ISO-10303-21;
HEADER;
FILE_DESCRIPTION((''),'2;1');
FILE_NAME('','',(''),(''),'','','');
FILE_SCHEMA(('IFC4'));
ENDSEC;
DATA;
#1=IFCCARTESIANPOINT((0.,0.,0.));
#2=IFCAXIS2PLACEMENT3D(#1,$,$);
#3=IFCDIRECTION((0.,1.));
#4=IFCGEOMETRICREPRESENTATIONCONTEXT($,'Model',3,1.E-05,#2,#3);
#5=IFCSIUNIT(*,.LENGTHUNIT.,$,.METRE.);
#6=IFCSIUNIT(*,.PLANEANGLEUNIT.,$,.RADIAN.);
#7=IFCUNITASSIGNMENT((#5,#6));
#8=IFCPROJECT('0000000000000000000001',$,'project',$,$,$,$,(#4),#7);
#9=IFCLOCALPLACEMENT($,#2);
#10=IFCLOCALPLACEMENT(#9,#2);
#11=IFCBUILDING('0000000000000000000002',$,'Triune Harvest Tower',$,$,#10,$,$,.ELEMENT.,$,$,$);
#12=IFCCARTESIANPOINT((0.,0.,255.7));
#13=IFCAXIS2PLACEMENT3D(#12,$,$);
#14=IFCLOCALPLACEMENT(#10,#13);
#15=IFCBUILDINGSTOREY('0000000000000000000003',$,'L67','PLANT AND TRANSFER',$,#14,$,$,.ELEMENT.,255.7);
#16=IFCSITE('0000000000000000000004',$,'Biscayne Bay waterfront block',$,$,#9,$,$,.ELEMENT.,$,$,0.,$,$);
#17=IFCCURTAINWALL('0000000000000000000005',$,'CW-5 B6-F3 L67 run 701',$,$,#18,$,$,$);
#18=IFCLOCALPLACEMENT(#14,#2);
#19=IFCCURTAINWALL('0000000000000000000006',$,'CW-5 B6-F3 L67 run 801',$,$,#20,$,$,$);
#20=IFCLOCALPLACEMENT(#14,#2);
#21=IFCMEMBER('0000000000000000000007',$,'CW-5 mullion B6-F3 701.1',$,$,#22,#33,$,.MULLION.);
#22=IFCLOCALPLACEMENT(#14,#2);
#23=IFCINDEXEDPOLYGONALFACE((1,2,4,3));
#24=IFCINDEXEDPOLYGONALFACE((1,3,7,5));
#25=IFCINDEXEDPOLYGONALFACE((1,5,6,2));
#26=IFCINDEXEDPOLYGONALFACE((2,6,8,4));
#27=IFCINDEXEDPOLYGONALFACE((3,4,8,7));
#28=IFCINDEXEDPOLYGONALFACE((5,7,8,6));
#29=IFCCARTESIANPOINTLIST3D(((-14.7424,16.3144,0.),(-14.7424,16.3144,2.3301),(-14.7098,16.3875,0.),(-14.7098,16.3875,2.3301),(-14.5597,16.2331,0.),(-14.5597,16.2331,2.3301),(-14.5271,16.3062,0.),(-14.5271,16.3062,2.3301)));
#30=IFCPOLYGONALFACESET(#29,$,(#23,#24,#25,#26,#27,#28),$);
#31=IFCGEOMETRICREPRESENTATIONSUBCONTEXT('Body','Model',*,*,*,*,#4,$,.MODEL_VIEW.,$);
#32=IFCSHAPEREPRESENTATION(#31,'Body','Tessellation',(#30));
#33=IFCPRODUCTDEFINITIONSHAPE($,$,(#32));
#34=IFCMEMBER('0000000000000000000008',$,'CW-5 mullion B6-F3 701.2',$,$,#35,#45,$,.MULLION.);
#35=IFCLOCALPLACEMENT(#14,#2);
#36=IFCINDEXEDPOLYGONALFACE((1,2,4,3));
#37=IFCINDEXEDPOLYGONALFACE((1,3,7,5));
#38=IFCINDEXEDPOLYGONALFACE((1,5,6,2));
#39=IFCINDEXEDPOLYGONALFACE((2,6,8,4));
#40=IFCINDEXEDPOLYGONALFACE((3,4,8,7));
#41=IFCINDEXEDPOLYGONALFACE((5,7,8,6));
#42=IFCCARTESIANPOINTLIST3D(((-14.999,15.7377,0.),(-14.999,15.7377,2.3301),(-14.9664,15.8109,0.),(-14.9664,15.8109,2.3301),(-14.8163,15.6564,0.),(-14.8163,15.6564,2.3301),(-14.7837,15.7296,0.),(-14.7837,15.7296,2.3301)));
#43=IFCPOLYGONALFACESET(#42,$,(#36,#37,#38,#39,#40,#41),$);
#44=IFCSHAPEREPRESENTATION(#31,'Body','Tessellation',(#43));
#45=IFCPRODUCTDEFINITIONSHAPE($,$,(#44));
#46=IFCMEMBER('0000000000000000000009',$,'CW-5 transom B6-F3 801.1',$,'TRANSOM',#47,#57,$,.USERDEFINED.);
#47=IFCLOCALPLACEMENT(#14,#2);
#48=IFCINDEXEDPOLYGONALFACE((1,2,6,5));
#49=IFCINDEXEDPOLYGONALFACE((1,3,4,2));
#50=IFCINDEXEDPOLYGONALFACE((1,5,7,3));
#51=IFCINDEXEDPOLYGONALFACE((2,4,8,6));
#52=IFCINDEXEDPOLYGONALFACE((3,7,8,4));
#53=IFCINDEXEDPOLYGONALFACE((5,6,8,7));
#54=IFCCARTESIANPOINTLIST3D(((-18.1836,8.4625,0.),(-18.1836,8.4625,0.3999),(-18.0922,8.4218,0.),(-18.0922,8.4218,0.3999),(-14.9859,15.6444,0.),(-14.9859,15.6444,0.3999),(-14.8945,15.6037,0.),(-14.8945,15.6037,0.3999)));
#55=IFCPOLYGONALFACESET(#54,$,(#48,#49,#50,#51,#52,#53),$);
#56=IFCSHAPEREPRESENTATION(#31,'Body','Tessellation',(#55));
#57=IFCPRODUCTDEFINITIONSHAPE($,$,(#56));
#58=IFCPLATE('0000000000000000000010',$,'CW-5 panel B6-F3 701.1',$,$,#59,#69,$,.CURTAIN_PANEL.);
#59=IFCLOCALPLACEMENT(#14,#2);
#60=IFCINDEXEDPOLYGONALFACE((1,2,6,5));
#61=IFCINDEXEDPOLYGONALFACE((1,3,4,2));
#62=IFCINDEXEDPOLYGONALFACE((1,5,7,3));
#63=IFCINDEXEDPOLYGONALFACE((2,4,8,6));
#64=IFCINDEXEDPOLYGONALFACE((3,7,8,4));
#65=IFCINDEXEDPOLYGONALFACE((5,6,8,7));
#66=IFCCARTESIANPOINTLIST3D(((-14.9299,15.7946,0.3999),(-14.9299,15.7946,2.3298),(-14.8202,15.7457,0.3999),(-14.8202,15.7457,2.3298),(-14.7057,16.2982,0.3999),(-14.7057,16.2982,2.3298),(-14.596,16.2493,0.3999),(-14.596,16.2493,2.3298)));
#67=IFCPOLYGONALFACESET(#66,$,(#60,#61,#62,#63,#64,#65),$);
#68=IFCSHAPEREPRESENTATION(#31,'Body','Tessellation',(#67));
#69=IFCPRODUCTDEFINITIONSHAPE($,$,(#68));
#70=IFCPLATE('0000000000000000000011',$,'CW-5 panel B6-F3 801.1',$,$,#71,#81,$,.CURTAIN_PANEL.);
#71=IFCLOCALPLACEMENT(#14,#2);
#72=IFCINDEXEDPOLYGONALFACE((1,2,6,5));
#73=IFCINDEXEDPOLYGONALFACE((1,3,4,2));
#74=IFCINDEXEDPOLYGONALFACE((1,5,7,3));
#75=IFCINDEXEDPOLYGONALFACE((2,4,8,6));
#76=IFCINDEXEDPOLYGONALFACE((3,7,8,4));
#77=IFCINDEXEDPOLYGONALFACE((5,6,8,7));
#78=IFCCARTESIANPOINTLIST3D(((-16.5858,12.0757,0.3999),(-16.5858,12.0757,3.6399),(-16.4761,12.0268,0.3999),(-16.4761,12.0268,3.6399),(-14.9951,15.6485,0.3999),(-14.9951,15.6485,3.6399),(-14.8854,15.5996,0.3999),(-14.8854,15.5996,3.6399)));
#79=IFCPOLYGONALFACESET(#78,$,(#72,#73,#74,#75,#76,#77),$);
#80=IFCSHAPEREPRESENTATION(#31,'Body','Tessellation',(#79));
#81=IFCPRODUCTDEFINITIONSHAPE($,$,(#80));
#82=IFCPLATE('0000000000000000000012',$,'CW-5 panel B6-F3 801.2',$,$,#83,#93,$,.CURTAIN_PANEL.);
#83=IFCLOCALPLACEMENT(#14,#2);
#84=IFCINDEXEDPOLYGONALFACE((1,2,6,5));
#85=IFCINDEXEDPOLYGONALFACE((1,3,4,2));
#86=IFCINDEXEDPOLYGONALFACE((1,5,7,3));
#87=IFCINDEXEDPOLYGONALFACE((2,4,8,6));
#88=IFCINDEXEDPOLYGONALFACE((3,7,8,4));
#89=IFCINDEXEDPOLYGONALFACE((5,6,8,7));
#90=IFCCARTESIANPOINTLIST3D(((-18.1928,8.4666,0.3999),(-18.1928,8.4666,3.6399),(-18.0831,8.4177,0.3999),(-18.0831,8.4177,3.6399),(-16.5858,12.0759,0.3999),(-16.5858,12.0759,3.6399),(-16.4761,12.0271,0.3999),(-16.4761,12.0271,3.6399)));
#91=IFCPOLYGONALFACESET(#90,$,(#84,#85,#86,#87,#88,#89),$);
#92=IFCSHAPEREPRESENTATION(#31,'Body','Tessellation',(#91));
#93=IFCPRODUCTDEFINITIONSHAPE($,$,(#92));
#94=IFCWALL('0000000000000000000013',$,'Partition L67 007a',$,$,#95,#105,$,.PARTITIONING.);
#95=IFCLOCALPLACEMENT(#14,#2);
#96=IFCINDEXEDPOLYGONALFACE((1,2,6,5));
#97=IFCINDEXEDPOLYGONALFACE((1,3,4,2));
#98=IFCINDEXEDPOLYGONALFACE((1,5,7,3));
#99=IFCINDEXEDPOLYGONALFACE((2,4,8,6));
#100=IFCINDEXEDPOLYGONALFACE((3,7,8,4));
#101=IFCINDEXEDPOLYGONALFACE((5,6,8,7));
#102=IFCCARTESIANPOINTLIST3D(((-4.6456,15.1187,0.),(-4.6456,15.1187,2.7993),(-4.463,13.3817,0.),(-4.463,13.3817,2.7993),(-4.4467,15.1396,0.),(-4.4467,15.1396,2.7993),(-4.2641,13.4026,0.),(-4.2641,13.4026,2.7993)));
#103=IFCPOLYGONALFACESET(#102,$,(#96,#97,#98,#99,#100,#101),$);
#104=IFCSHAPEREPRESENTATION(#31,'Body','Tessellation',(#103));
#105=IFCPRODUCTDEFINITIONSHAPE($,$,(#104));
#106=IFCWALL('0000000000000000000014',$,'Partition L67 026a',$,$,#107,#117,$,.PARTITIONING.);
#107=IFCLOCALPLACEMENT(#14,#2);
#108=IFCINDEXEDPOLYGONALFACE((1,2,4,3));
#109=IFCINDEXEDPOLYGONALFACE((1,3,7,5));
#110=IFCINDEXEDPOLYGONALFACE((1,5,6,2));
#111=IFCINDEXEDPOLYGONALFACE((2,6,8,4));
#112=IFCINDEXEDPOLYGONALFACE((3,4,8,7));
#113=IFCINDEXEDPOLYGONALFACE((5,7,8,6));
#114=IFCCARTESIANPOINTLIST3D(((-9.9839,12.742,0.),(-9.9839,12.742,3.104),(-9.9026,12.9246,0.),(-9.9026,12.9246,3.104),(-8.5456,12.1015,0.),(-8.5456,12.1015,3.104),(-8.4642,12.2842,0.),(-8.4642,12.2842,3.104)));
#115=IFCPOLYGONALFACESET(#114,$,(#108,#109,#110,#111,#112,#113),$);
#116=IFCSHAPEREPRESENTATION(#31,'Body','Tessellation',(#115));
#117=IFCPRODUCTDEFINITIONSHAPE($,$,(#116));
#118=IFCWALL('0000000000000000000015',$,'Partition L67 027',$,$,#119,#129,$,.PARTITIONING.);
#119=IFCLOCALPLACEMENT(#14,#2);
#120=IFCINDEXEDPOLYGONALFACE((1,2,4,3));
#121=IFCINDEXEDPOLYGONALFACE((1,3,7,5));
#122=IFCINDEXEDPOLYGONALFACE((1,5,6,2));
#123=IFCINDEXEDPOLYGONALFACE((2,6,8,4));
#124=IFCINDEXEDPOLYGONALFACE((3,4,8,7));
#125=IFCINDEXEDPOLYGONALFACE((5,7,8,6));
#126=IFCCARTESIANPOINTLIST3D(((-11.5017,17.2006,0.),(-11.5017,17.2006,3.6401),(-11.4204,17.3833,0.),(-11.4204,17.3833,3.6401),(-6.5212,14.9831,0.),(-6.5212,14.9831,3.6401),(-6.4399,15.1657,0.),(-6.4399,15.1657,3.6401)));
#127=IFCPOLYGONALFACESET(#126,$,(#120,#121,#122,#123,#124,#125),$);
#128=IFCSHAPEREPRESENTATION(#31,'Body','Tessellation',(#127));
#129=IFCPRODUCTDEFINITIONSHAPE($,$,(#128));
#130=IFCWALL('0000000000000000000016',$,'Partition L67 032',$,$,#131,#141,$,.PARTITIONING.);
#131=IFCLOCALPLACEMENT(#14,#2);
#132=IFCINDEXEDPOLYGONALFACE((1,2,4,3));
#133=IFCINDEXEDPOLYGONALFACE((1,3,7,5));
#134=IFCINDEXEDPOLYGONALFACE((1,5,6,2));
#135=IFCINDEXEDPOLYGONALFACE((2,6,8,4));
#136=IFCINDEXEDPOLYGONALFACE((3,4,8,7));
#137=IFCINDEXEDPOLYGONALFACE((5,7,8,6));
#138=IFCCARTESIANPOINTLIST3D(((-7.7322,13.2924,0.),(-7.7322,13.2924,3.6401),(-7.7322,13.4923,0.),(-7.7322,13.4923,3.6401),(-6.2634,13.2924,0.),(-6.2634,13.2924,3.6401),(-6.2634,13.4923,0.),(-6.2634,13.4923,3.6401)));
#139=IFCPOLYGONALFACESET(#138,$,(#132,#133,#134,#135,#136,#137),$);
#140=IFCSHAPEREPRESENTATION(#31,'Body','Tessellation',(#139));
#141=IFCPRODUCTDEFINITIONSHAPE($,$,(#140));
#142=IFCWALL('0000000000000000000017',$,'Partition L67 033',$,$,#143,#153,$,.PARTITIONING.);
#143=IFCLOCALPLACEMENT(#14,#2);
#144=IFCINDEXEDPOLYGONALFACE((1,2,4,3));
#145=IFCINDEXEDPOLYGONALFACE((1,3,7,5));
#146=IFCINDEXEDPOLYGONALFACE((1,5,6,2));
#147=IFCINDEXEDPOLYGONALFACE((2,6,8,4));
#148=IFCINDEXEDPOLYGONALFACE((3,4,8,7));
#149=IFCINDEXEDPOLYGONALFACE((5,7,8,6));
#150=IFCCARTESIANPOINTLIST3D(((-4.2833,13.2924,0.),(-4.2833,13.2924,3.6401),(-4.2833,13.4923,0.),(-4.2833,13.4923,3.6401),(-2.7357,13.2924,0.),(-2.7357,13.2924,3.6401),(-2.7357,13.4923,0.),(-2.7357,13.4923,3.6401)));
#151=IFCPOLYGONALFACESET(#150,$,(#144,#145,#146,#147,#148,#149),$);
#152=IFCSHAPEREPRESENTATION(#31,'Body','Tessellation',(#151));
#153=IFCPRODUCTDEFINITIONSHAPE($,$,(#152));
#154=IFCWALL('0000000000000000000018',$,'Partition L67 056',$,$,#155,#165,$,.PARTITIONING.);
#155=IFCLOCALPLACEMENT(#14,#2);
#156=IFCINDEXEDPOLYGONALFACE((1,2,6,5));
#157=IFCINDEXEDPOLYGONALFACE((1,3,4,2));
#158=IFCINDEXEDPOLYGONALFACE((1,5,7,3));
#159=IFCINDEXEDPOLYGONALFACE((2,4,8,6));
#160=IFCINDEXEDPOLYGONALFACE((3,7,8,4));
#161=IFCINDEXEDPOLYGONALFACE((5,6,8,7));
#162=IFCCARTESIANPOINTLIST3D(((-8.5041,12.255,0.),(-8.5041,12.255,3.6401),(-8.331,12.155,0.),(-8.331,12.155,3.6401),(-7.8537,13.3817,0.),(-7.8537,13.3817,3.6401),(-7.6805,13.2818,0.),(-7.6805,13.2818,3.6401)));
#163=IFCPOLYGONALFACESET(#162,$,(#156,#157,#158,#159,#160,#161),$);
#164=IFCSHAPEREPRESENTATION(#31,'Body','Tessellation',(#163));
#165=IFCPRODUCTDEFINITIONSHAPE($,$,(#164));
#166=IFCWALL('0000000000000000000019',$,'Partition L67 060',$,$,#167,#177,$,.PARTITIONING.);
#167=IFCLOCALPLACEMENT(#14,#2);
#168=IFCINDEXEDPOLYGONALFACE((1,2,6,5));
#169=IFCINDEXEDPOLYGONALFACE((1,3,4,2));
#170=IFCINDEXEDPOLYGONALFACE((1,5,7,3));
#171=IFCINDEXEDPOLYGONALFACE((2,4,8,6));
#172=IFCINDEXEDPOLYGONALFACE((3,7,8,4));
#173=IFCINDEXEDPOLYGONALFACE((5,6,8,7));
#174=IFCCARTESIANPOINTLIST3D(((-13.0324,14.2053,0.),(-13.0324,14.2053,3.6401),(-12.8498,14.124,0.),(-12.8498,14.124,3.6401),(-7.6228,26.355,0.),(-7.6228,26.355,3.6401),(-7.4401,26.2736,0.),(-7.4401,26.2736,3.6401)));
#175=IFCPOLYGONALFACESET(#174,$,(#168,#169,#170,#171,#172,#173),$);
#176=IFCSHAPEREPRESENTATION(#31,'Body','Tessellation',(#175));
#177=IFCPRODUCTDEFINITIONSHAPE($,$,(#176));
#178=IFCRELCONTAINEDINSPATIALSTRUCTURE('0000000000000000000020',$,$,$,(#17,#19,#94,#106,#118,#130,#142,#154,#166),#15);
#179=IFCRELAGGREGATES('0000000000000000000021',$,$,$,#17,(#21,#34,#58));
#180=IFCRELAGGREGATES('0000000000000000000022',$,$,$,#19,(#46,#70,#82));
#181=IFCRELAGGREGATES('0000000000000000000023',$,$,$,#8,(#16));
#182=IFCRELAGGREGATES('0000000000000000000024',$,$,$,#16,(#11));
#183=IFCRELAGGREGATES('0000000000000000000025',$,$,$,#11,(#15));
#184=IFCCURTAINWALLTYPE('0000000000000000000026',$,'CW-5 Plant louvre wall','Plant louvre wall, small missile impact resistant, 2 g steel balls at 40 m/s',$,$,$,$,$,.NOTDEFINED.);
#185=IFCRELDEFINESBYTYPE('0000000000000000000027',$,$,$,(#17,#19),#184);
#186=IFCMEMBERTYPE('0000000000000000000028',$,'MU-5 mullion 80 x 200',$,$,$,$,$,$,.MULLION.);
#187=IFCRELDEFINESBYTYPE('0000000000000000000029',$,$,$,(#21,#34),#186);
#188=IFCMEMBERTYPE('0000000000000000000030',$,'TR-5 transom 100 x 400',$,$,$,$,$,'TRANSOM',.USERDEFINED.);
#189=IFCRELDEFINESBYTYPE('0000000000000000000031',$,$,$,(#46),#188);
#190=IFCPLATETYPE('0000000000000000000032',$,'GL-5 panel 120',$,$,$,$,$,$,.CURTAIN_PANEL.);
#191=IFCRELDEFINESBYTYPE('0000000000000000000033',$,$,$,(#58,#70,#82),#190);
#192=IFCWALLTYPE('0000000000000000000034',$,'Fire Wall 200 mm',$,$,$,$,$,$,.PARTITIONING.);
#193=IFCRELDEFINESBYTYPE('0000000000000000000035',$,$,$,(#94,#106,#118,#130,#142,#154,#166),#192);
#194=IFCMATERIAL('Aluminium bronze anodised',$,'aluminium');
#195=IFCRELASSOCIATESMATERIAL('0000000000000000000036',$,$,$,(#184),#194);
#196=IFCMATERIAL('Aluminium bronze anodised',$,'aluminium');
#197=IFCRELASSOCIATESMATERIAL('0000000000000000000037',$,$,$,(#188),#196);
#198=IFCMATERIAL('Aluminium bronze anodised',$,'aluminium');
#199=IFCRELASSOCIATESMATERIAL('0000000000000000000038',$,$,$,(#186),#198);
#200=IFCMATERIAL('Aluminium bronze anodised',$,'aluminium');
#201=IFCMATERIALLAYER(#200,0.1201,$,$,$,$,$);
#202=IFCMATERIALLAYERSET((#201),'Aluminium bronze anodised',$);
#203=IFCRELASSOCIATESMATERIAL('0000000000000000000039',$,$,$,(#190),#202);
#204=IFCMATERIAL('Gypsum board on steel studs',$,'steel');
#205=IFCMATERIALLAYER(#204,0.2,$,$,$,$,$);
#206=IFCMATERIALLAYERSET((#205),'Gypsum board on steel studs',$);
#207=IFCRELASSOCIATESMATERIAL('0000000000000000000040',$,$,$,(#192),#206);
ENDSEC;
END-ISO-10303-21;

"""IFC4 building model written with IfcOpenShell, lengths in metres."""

from ifc_helpers import new_model, si_unit, direction, frame, frame_2d, origin, origin_2d, place, context, subcontext, project, spatial, rectangle, extrude, source, transform, mapped, material, layer, layer_set, material_profile, profile_set, type_object, element, aggregate, save


model = new_model("IFC4")

# Units and contexts
model_context = context("Model", 3, precision=1e-05, world=origin(), true_north=direction((0.0, 1.0)))
body_context = subcontext(model_context, "Body", "Model", "MODEL_VIEW")
ifc_project = project(units=[si_unit("LENGTHUNIT", "METRE"), si_unit("PLANEANGLEUNIT", "RADIAN")], contexts=[model_context])

# Site, building, storey
site_placement = place(None, origin())
site = spatial("IfcSite", under=ifc_project, at=site_placement, Name="Biscayne Bay waterfront block", CompositionType="ELEMENT", RefElevation=0.0)
building_placement = place(site_placement, origin())
building = spatial("IfcBuilding", under=site, at=building_placement, Name="Triune Harvest Tower", CompositionType="ELEMENT")
storey_placement = place(building_placement, frame((0.0, 0.0, 255.7)))
storey = spatial("IfcBuildingStorey", under=building, at=storey_placement, Name="L67", Description="PLANT AND TRANSFER", CompositionType="ELEMENT", Elevation=255.7)

# Curtain walls
ifc_material_1 = material(Name="Aluminium bronze anodised", Category="aluminium")
curtain_wall_type = type_object("IfcCurtainWallType", Name="CW-5 Plant louvre wall", Description="Plant louvre wall, small missile impact resistant, 2 g steel balls at 40 m/s", PredefinedType="NOTDEFINED", material=ifc_material_1)
curtain_wall_1_placement = place(storey_placement, origin())
curtain_wall_1 = element("IfcCurtainWall", 1, at=curtain_wall_1_placement, inside=storey, type_object=curtain_wall_type, Name="CW-5 B6-F3 L67 run 701")
ifc_material_2 = material(Name="Aluminium bronze anodised", Category="aluminium")
ifc_material_profile_1 = material_profile(ifc_material_2, rectangle(XDim=0.1001, YDim=0.3999, at=origin_2d()), Name="TR-5 transom 100 x 400")
ifc_profile_set_1 = profile_set([ifc_material_profile_1], Name="Aluminium bronze anodised")
member_type_1 = type_object("IfcMemberType", Name="TR-5 transom 100 x 400", ElementType="TRANSOM", PredefinedType="USERDEFINED", material=ifc_profile_set_1)
curtain_wall_2_placement = place(storey_placement, origin())
curtain_wall_2 = element("IfcCurtainWall", 2, at=curtain_wall_2_placement, inside=storey, type_object=curtain_wall_type, Name="CW-5 B6-F3 L67 run 801")

# Shared definitions
ifc_material_3 = material(Name="Aluminium bronze anodised", Category="aluminium")
ifc_material_profile_2 = material_profile(ifc_material_3, rectangle(XDim=0.2, YDim=0.0801, at=origin_2d()), Name="MU-5 mullion 80 x 200")
ifc_profile_set_2 = profile_set([ifc_material_profile_2], Name="Aluminium bronze anodised")
member_type_2 = type_object("IfcMemberType", Name="MU-5 mullion 80 x 200", PredefinedType="MULLION", material=ifc_profile_set_2)

# Shared definitions
shared_shape_1 = source(origin(), body_context, "Body", "SweptSolid", [
    extrude(rectangle(XDim=0.2, YDim=0.0801, at=origin_2d()), origin(), (0.0, 0.0, 1.0), 2.3301),
])

# Members
member_1_placement = place(storey_placement, frame((-14.6348, 16.3103, 0.0), z_axis=(0.0, 0.0, 1.0), x_axis=(0.913527, -0.406778, 0.0)))
member_1 = element("IfcMember", 3, at=member_1_placement, type_object=member_type_2, Name="CW-5 mullion B6-F3 701.1", PredefinedType="MULLION", context=body_context, shape_type="MappedRepresentation", body=[
    mapped(shared_shape_1, transform((0.0, 0.0, 0.0), scale=1.0)),
])
member_2_placement = place(storey_placement, frame((-14.8914, 15.7336, 0.0), z_axis=(0.0, 0.0, 1.0), x_axis=(0.913527, -0.406778, 0.0)))
member_2 = element("IfcMember", 4, at=member_2_placement, type_object=member_type_2, Name="CW-5 mullion B6-F3 701.2", PredefinedType="MULLION", context=body_context, shape_type="MappedRepresentation", body=[
    mapped(shared_shape_1, transform((0.0, 0.0, 0.0), scale=1.0)),
])
shared_shape_2 = source(origin(), body_context, "Body", "SweptSolid", [
    extrude(rectangle(XDim=0.1001, YDim=0.3999, at=origin_2d()), origin(), (0.0, 0.0, 1.0), 7.8616),
])
member_3_placement = place(storey_placement, frame((-14.9402, 15.624, 0.2), z_axis=(-0.406755, -0.913537, 0.0), x_axis=(0.913537, -0.406755, 0.0)))
member_3 = element("IfcMember", 5, at=member_3_placement, type_object=member_type_1, Name="CW-5 transom B6-F3 801.1", ObjectType="TRANSOM", PredefinedType="USERDEFINED", context=body_context, shape_type="MappedRepresentation", body=[
    mapped(shared_shape_2, transform((0.0, 0.0, 0.0), scale=1.0)),
])

# Plates
ifc_material_4 = material(Name="Aluminium bronze anodised", Category="aluminium")
ifc_layer_1 = layer(ifc_material_4, 0.1201)
ifc_layer_set_1 = layer_set([ifc_layer_1], Name="Aluminium bronze anodised")
plate_type = type_object("IfcPlateType", Name="GL-5 panel 120", PredefinedType="CURTAIN_PANEL", material=ifc_layer_set_1)
plate_1_placement = place(storey_placement, frame((-14.7629, 16.022, 0.3999), z_axis=(0.0, 0.0, 1.0), x_axis=(-0.406778, -0.913527, 0.0)))
plate_1 = element("IfcPlate", 6, at=plate_1_placement, type_object=plate_type, Name="CW-5 panel B6-F3 701.1", PredefinedType="CURTAIN_PANEL", context=body_context, shape_type="SweptSolid", body=[
    extrude(rectangle(XDim=0.5513, YDim=0.1201, at=origin_2d()), origin(), (0.0, 0.0, 1.0), 1.9299),
])
aggregate(curtain_wall_1, [member_1, member_2, plate_1])
shared_shape_3 = source(origin(), body_context, "Body", "SweptSolid", [
    extrude(rectangle(XDim=3.9109, YDim=0.1201, at=origin_2d()), origin(), (0.0, 0.0, 1.0), 3.24),
])
plate_2_placement = place(storey_placement, frame((-15.7356, 13.8376, 0.3999), z_axis=(0.0, 0.0, 1.0), x_axis=(-0.406738, -0.913545, 0.0)))
plate_2 = element("IfcPlate", 7, at=plate_2_placement, type_object=plate_type, Name="CW-5 panel B6-F3 801.1", PredefinedType="CURTAIN_PANEL", context=body_context, shape_type="MappedRepresentation", body=[
    mapped(shared_shape_3, transform((0.0, 0.0, 0.0), scale=1.0)),
])
shared_shape_4 = source(origin(), body_context, "Body", "SweptSolid", [
    extrude(rectangle(XDim=3.9509, YDim=0.1201, at=origin_2d()), origin(), (0.0, 0.0, 1.0), 3.24),
])
plate_3_placement = place(storey_placement, frame((-17.3345, 10.2468, 0.3999), z_axis=(0.0, 0.0, 1.0), x_axis=(-0.406738, -0.913545, 0.0)))
plate_3 = element("IfcPlate", 8, at=plate_3_placement, type_object=plate_type, Name="CW-5 panel B6-F3 801.2", PredefinedType="CURTAIN_PANEL", context=body_context, shape_type="MappedRepresentation", body=[
    mapped(shared_shape_4, transform((0.0, 0.0, 0.0), scale=1.0)),
])
aggregate(curtain_wall_2, [member_3, plate_2, plate_3])

# Walls
ifc_material_5 = material(Name="Gypsum board on steel studs", Category="steel")
ifc_layer_2 = layer(ifc_material_5, 0.2)
ifc_layer_set_2 = layer_set([ifc_layer_2], Name="Gypsum board on steel studs")
wall_type_1 = type_object("IfcWallType", Name="Fire Wall 200 mm", PredefinedType="PARTITIONING", material=ifc_layer_set_2)
wall_1_placement = place(storey_placement, frame((-4.5461, 15.1292, 0.0), z_axis=(0.0, 0.0, 1.0), x_axis=(0.104554, -0.994519, 0.0)))
element("IfcWall", 9, at=wall_1_placement, inside=storey, type_object=wall_type_1, Name="Partition L67 007a", PredefinedType="PARTITIONING", context=body_context, shape_type="SweptSolid", body=[
    extrude(rectangle(XDim=1.7466, YDim=0.2, at=frame_2d((0.8733, 0.0))), origin(), (0.0, 0.0, 1.0), 2.7993),
])
wall_2_placement = place(storey_placement, frame((-9.9431, 12.8333, 0.0), z_axis=(0.0, 0.0, 1.0), x_axis=(0.913536, -0.406757, 0.0)))
element("IfcWall", 10, at=wall_2_placement, inside=storey, type_object=wall_type_1, Name="Partition L67 026a", PredefinedType="PARTITIONING", context=body_context, shape_type="SweptSolid", body=[
    extrude(rectangle(XDim=1.5745, YDim=0.2, at=frame_2d((0.7871, 0.0))), origin(), (0.0, 0.0, 1.0), 3.104),
])
wall_3_placement = place(storey_placement, frame((-11.4612, 17.292, 0.0), z_axis=(0.0, 0.0, 1.0), x_axis=(0.91354, -0.406749, 0.0)))
element("IfcWall", 11, at=wall_3_placement, inside=storey, type_object=wall_type_1, Name="Partition L67 027", PredefinedType="PARTITIONING", context=body_context, shape_type="SweptSolid", body=[
    extrude(rectangle(XDim=5.4519, YDim=0.2, at=frame_2d((2.7261, 0.0))), origin(), (0.0, 0.0, 1.0), 3.6401),
])
wall_4_placement = place(storey_placement, frame((-7.7322, 13.3923, 0.0), z_axis=(0.0, 0.0, 1.0), x_axis=(1.0, 0.0, 0.0)))
element("IfcWall", 12, at=wall_4_placement, inside=storey, type_object=wall_type_1, Name="Partition L67 032", PredefinedType="PARTITIONING", context=body_context, shape_type="SweptSolid", body=[
    extrude(rectangle(XDim=1.4688, YDim=0.2, at=frame_2d((0.7344, 0.0))), origin(), (0.0, 0.0, 1.0), 3.6401),
])
wall_5_placement = place(storey_placement, frame((-4.2834, 13.3923, 0.0), z_axis=(0.0, 0.0, 1.0), x_axis=(1.0, 0.0, 0.0)))
element("IfcWall", 13, at=wall_5_placement, inside=storey, type_object=wall_type_1, Name="Partition L67 033", PredefinedType="PARTITIONING", context=body_context, shape_type="SweptSolid", body=[
    extrude(rectangle(XDim=1.5476, YDim=0.2, at=frame_2d((0.7739, 0.0))), origin(), (0.0, 0.0, 1.0), 3.6401),
])
wall_6_placement = place(storey_placement, frame((-8.4175, 12.2051, 0.0), z_axis=(0.0, 0.0, 1.0), x_axis=(0.499934, 0.866064, 0.0)))
element("IfcWall", 14, at=wall_6_placement, inside=storey, type_object=wall_type_1, Name="Partition L67 056", PredefinedType="PARTITIONING", context=body_context, shape_type="SweptSolid", body=[
    extrude(rectangle(XDim=1.301, YDim=0.2, at=frame_2d((0.6504, 0.0))), origin(), (0.0, 0.0, 1.0), 3.6401),
])
wall_7_placement = place(storey_placement, frame((-12.9412, 14.1646, 0.0), z_axis=(0.0, 0.0, 1.0), x_axis=(0.406755, 0.913537, 0.0)))
element("IfcWall", 15, at=wall_7_placement, inside=storey, type_object=wall_type_1, Name="Partition L67 060", PredefinedType="PARTITIONING", context=body_context, shape_type="SweptSolid", body=[
    extrude(rectangle(XDim=13.2996, YDim=0.2, at=frame_2d((6.6499, 0.0))), origin(), (0.0, 0.0, 1.0), 3.6401),
])

save(model, "model.ifc")
